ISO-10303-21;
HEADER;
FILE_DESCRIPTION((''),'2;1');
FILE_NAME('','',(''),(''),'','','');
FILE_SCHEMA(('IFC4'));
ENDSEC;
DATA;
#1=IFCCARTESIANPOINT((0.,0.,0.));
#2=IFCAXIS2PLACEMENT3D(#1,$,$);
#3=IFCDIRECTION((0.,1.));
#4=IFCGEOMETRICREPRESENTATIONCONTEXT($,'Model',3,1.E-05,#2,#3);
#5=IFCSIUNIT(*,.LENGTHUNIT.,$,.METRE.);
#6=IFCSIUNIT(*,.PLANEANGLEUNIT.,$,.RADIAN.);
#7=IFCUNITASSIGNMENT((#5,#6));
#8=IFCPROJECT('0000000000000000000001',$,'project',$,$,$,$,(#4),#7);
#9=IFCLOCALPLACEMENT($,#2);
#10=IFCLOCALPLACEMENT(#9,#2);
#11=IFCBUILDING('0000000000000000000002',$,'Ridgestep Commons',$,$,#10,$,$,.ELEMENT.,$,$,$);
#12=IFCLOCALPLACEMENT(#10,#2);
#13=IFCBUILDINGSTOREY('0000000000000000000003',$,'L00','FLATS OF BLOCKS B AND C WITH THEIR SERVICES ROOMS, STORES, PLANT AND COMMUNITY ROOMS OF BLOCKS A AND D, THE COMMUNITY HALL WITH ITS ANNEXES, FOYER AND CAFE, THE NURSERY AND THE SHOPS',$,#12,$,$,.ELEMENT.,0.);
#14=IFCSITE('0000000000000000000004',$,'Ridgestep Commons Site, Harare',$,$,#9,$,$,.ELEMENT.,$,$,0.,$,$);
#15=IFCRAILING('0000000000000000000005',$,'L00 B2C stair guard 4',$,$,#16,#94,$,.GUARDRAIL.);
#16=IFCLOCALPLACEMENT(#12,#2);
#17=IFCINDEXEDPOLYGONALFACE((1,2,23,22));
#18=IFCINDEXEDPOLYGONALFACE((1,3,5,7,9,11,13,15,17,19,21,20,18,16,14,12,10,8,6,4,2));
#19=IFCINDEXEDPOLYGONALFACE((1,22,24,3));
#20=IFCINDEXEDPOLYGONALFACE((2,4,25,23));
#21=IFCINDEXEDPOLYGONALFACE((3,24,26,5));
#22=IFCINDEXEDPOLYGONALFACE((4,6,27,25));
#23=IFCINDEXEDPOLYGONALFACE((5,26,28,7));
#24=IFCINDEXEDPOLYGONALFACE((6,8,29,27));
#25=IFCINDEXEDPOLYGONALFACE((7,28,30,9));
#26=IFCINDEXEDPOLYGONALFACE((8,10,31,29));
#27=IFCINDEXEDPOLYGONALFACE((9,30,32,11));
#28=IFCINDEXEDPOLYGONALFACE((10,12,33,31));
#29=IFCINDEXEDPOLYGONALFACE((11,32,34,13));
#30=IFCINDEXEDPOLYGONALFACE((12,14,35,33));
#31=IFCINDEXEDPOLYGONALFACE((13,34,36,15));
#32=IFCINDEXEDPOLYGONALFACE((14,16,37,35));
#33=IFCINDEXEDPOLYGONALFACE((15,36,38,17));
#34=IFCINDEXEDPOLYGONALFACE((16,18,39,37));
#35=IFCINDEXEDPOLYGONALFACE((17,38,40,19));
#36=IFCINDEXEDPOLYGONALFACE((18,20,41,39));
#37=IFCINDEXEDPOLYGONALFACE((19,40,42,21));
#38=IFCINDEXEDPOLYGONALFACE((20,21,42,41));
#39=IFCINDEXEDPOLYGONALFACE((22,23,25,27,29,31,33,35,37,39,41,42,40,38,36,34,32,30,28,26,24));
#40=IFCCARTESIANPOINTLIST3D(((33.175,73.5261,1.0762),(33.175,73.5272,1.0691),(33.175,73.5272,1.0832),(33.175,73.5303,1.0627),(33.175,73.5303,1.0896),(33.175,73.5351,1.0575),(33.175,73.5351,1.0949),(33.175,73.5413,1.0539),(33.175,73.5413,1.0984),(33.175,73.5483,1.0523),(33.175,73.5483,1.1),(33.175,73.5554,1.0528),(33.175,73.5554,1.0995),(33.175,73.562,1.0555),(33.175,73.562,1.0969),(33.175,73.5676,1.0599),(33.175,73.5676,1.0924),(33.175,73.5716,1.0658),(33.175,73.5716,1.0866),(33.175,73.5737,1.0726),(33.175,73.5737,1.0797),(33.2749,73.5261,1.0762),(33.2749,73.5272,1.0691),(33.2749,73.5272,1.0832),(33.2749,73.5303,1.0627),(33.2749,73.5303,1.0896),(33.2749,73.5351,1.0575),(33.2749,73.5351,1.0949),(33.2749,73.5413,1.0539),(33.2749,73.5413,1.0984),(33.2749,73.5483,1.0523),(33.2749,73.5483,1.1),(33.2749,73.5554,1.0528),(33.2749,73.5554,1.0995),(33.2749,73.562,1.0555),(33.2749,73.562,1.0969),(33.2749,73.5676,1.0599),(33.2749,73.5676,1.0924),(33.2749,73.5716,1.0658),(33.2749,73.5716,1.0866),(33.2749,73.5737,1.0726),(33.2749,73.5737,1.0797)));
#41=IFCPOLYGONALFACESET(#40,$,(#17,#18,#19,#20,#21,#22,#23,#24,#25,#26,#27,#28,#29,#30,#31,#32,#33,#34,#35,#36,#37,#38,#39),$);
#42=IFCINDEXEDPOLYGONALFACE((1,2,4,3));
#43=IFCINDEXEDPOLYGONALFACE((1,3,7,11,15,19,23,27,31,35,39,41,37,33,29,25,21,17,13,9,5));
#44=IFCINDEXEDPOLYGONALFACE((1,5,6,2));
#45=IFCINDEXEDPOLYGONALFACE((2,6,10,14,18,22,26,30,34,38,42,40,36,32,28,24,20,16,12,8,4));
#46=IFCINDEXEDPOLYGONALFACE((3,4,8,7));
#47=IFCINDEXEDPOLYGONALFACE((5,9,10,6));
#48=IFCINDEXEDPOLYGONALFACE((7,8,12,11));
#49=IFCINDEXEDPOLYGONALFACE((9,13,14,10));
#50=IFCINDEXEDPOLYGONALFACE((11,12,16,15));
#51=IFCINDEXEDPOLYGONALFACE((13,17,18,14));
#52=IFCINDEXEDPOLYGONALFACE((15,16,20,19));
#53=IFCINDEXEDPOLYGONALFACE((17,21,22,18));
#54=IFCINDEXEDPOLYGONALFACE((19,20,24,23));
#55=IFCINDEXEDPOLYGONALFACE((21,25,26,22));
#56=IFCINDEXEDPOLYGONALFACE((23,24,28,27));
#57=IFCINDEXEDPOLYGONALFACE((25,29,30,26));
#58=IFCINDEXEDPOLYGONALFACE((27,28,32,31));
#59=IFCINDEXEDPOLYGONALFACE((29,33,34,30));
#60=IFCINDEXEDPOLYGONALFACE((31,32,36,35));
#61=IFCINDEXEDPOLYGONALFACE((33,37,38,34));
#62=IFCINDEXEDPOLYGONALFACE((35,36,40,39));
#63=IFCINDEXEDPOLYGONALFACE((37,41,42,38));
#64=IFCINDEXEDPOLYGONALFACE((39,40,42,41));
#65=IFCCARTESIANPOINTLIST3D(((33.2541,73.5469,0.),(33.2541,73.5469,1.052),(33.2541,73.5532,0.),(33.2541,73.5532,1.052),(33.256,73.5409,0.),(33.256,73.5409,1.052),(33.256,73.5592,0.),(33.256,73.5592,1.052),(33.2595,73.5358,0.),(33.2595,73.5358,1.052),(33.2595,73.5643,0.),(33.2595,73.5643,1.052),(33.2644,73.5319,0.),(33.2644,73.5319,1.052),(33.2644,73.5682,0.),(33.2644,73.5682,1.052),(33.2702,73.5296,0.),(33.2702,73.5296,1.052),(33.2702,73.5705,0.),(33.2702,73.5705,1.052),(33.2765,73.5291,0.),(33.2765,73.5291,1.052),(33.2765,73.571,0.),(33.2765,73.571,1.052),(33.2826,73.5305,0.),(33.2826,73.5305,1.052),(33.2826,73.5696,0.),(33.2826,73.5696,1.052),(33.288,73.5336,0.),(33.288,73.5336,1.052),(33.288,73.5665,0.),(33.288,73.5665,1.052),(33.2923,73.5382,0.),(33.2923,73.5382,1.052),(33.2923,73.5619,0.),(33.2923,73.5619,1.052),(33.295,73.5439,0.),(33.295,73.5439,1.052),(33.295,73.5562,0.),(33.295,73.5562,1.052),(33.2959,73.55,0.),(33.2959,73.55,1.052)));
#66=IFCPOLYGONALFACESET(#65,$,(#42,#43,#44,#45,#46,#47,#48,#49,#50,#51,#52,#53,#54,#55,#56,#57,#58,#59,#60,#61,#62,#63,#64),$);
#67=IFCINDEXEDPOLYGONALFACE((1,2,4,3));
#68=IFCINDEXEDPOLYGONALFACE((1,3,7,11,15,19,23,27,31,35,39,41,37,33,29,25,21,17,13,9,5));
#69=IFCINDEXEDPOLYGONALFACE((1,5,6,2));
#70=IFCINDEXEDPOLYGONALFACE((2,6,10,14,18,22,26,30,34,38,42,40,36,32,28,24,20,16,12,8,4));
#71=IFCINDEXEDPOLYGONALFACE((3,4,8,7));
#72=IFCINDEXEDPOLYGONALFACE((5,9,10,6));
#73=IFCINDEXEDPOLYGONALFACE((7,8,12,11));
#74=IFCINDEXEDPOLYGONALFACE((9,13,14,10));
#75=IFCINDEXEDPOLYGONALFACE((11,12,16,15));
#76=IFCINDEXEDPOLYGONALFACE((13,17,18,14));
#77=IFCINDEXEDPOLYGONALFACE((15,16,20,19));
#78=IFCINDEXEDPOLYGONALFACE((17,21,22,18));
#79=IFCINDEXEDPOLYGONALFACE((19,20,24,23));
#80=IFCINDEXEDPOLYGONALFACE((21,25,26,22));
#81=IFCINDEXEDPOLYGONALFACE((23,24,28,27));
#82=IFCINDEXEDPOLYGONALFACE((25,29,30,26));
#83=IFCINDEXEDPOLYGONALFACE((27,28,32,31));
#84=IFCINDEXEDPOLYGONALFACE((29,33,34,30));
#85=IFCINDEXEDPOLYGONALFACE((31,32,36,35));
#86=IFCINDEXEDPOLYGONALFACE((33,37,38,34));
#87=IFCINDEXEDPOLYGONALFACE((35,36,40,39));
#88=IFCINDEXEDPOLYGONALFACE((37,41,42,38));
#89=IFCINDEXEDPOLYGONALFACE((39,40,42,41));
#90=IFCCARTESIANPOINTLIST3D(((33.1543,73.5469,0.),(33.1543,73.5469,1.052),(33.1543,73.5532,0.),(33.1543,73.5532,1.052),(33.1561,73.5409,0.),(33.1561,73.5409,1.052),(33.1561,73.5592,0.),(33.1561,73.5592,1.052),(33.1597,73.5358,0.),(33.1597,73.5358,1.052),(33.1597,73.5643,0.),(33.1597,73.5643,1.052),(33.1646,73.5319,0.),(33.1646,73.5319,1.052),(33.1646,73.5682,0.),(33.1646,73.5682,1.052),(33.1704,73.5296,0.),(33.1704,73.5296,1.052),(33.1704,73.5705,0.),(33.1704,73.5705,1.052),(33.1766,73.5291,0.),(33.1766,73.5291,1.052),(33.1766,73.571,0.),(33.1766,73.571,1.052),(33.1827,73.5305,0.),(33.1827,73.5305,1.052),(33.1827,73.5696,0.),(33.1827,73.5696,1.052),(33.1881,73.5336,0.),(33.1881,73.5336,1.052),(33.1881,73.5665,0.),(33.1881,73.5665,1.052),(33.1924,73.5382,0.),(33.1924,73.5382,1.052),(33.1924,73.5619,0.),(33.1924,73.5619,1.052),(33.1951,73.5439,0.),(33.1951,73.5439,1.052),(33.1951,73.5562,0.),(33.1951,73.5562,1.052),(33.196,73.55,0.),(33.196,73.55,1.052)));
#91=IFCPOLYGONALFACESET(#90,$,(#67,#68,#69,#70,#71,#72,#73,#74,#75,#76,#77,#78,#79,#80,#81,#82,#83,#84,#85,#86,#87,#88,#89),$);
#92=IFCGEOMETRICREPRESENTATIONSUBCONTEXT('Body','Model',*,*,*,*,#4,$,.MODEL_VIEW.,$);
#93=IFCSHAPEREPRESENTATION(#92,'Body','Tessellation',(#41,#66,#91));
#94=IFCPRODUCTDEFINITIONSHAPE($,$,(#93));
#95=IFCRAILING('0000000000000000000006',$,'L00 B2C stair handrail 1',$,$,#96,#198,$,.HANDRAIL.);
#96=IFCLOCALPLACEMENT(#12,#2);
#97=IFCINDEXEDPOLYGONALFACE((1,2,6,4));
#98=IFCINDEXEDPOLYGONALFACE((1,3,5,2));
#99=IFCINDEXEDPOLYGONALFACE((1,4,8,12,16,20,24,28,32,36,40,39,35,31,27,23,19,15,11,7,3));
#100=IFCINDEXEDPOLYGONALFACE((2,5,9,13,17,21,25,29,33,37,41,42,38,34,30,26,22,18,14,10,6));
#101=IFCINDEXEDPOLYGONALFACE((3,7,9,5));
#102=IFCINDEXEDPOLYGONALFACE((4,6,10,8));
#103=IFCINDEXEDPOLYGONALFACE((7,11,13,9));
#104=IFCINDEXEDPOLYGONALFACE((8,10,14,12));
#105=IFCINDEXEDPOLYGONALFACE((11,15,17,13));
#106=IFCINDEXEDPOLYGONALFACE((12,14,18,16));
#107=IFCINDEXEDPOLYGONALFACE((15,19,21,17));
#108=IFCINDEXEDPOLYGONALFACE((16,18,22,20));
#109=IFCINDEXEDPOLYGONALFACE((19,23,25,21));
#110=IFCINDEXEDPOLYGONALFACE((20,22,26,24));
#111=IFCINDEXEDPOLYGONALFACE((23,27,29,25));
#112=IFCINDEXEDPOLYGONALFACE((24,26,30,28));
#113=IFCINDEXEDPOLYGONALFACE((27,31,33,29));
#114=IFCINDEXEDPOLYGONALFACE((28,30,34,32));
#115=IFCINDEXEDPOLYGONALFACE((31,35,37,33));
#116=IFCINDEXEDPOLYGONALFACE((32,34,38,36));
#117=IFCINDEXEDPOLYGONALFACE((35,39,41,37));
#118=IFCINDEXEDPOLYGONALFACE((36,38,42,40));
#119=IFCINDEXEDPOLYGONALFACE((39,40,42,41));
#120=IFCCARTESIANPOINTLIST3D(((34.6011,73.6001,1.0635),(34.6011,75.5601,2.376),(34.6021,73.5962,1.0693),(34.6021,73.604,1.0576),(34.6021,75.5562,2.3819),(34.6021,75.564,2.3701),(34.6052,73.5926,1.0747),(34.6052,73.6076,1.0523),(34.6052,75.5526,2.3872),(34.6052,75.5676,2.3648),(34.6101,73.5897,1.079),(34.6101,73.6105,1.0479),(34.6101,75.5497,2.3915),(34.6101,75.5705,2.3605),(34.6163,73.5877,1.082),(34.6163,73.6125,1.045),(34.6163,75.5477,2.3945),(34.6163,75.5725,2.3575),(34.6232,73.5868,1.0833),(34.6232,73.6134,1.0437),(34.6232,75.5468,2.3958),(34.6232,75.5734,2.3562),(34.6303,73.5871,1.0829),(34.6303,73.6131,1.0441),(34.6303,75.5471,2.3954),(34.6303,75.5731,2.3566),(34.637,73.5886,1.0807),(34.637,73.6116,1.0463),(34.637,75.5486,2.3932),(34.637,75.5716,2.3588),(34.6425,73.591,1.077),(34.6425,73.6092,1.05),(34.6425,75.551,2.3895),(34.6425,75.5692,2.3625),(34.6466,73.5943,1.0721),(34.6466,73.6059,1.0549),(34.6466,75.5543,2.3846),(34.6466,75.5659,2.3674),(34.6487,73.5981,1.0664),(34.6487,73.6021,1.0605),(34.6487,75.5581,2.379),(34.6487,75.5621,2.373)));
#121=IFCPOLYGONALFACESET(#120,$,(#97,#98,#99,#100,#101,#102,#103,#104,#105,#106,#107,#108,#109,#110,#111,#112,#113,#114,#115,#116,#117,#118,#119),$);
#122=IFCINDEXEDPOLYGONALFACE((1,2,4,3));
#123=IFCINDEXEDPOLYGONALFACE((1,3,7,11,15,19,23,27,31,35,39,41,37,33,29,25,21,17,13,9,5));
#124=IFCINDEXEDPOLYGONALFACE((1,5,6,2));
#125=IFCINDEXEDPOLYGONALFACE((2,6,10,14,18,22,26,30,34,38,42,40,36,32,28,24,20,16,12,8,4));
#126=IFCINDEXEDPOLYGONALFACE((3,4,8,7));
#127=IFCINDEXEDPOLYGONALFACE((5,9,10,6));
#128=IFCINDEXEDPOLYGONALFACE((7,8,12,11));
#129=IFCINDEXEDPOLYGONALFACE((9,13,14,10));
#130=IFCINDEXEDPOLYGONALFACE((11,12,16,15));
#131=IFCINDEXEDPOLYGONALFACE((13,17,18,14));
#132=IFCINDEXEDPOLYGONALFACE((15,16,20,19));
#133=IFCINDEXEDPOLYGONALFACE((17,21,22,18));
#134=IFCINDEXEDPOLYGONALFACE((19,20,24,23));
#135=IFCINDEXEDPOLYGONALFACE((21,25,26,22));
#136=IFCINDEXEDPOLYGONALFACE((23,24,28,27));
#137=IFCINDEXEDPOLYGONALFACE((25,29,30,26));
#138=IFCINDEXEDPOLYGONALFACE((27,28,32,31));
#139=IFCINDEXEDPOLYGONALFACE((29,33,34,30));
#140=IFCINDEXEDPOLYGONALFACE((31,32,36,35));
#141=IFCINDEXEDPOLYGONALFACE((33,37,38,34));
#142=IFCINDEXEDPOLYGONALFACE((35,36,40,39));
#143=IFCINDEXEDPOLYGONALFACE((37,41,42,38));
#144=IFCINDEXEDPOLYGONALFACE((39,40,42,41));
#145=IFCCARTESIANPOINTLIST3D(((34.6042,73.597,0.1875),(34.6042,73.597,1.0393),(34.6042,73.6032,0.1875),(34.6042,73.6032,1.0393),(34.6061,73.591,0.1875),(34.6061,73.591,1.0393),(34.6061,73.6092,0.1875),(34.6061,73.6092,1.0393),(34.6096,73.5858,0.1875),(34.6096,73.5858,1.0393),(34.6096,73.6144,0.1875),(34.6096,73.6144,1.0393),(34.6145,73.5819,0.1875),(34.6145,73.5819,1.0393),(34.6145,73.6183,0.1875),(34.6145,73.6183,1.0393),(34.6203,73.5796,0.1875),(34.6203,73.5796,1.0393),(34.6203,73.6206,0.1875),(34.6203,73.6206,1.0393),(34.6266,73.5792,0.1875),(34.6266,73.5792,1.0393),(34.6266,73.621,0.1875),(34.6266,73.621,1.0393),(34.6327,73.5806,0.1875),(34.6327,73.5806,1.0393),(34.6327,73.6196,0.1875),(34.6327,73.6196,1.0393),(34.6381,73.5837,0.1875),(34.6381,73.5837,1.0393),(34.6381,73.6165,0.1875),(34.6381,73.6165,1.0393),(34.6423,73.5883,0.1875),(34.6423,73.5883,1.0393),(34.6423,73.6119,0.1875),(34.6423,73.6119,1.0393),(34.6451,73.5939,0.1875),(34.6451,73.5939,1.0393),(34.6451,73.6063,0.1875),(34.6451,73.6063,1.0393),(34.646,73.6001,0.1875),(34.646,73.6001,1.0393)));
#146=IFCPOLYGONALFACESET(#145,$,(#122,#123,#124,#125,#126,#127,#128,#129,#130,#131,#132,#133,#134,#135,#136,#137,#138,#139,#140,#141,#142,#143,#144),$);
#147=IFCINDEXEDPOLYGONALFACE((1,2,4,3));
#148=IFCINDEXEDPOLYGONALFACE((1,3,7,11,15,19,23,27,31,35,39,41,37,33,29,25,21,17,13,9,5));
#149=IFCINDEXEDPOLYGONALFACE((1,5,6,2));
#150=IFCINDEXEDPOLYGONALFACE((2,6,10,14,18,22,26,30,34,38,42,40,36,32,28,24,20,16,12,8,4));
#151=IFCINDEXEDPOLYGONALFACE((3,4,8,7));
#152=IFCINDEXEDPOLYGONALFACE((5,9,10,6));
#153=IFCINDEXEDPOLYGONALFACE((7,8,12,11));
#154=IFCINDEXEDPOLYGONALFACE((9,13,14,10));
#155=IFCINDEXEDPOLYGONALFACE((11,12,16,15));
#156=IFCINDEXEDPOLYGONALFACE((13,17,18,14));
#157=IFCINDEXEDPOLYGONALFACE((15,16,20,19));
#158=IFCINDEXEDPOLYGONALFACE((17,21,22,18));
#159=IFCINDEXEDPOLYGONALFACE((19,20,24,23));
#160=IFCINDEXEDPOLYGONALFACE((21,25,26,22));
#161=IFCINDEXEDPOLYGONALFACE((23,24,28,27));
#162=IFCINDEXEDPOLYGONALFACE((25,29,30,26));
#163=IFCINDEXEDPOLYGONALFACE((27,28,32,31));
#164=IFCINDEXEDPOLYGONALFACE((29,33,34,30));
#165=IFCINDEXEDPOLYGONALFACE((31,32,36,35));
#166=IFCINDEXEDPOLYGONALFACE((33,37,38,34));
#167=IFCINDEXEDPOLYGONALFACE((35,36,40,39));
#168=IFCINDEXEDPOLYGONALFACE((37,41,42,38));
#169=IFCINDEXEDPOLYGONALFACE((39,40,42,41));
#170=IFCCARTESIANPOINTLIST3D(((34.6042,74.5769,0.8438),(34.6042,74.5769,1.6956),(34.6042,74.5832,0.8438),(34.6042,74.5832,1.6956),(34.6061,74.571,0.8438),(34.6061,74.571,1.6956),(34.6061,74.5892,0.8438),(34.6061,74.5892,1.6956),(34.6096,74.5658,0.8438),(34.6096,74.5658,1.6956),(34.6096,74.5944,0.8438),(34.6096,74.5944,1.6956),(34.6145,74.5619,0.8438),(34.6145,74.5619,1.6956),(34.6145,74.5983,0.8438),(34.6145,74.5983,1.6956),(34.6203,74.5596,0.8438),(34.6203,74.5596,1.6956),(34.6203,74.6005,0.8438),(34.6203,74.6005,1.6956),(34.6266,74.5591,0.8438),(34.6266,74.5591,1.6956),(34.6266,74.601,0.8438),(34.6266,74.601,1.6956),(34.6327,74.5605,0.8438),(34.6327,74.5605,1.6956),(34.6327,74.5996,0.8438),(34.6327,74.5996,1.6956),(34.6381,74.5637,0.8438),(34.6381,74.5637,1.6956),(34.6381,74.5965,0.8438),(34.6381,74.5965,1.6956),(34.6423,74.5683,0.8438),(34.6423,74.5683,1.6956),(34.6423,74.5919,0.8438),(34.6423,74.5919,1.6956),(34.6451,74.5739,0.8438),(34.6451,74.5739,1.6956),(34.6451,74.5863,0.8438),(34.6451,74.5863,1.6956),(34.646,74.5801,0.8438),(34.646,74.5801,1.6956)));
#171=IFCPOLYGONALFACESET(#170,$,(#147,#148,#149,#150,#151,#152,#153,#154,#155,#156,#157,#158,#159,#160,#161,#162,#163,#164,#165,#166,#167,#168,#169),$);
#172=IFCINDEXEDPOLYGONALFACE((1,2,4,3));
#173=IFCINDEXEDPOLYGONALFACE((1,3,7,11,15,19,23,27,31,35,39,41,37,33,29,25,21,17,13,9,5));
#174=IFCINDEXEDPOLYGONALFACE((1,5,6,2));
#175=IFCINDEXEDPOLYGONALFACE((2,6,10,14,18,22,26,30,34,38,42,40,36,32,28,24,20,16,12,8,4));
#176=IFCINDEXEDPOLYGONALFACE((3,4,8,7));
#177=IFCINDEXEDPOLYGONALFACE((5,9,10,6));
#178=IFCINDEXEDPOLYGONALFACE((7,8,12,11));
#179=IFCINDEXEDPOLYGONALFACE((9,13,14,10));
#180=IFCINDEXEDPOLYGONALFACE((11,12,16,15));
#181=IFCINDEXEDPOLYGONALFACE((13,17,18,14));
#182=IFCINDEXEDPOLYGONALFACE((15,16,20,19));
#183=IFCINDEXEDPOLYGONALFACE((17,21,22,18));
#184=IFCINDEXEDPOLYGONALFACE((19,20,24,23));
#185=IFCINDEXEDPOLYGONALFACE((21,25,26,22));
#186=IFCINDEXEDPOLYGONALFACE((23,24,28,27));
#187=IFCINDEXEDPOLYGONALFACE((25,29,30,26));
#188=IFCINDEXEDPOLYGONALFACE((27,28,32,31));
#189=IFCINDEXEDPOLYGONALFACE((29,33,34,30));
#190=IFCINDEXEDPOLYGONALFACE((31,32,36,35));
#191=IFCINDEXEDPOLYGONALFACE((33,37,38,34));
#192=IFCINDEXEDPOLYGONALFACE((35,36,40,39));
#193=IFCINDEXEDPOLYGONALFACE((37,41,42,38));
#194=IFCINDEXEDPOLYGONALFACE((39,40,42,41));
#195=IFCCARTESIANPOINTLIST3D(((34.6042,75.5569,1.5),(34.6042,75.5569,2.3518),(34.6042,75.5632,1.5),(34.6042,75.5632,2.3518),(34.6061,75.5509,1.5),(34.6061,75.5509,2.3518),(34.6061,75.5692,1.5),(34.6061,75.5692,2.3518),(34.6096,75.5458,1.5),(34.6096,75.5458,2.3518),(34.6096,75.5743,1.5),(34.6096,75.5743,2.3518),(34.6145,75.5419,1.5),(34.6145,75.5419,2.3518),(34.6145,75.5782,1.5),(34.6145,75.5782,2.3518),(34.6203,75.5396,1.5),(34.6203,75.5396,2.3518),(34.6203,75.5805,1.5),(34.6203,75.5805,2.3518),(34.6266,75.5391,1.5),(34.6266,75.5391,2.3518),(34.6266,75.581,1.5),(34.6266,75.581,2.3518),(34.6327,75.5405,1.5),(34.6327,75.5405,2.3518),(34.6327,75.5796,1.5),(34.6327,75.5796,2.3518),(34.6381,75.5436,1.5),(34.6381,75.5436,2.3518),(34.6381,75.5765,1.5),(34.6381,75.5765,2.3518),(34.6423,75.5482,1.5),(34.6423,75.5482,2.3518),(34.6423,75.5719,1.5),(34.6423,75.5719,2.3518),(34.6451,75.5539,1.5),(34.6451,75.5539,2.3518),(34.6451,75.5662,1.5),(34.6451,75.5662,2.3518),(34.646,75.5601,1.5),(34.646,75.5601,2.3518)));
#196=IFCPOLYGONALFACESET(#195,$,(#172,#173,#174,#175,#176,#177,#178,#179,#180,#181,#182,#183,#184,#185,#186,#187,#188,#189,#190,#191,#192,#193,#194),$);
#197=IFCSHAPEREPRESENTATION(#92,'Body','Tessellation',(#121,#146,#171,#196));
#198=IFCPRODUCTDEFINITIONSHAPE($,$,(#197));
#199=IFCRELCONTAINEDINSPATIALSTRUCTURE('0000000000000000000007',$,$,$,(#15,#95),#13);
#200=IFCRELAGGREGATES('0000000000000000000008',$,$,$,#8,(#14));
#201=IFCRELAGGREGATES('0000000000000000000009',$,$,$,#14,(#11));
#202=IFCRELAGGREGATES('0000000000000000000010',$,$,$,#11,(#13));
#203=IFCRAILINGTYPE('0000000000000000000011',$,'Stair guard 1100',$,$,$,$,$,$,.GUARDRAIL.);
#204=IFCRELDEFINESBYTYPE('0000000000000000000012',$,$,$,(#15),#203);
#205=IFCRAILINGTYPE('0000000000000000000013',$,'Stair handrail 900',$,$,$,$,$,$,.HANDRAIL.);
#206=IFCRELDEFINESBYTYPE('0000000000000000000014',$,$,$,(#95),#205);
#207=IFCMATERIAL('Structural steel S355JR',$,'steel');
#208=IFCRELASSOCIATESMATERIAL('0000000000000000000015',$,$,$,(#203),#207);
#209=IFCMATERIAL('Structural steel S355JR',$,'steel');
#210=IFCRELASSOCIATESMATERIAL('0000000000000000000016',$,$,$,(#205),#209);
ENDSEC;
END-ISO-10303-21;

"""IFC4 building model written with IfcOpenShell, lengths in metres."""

from ifc_helpers import new_model, si_unit, direction, frame, origin, origin_2d, place, context, subcontext, project, spatial, circle, extrude, material, type_object, element, save


model = new_model("IFC4")

# Units and contexts
model_context = context("Model", 3, precision=1e-05, world=origin(), true_north=direction((0.0, 1.0)))
body_context = subcontext(model_context, "Body", "Model", "MODEL_VIEW")
ifc_project = project(units=[si_unit("LENGTHUNIT", "METRE"), si_unit("PLANEANGLEUNIT", "RADIAN")], contexts=[model_context])

# Site, building, storey
site_placement = place(None, origin())
site = spatial("IfcSite", under=ifc_project, at=site_placement, Name="Ridgestep Commons Site, Harare", CompositionType="ELEMENT", RefElevation=0.0)
building_placement = place(site_placement, origin())
building = spatial("IfcBuilding", under=site, at=building_placement, Name="Ridgestep Commons", CompositionType="ELEMENT")
storey_placement = place(building_placement, origin())
storey = spatial("IfcBuildingStorey", under=building, at=storey_placement, Name="L00", Description="FLATS OF BLOCKS B AND C WITH THEIR SERVICES ROOMS, STORES, PLANT AND COMMUNITY ROOMS OF BLOCKS A AND D, THE COMMUNITY HALL WITH ITS ANNEXES, FOYER AND CAFE, THE NURSERY AND THE SHOPS", CompositionType="ELEMENT", Elevation=0.0)

# Railings
ifc_material_1 = material(Name="Structural steel S355JR", Category="steel")
railing_type_1 = type_object("IfcRailingType", Name="Stair guard 1100", PredefinedType="GUARDRAIL", material=ifc_material_1)
for number, where, name in (
    (1, (33.2749, 73.55, 0.0), "L00 B2C stair guard 4"),
):
    element("IfcRailing", number, at=place(storey_placement, frame(where)), inside=storey, type_object=railing_type_1, Name=name, PredefinedType="GUARDRAIL", context=body_context, shape_type="SweptSolid", body=[
        extrude(circle(Radius=0.0239, at=origin_2d()), frame((0.0, 0.0, 1.0762), z_axis=(-1.0, 0.0, 0.0), x_axis=(0.0, -1.0, 0.0)), (0.0, 0.0, 1.0), 0.0999),
        extrude(circle(Radius=0.021, at=origin_2d()), origin(), (0.0, 0.0, 1.0), 1.052),
        extrude(circle(Radius=0.021, at=origin_2d()), frame((-0.0999, 0.0, 0.0)), (0.0, 0.0, 1.0), 1.052),
    ])
ifc_material_2 = material(Name="Structural steel S355JR", Category="steel")
railing_type_2 = type_object("IfcRailingType", Name="Stair handrail 900", PredefinedType="HANDRAIL", material=ifc_material_2)
railing_1_placement = place(storey_placement, frame((34.625, 73.6001, 0.1875)))
element("IfcRailing", 2, at=railing_1_placement, inside=storey, type_object=railing_type_2, Name="L00 B2C stair handrail 1", PredefinedType="HANDRAIL", context=body_context, shape_type="SweptSolid", body=[
    extrude(circle(Radius=0.0239, at=origin_2d()), frame((0.0, 0.0, 0.876), z_axis=(0.0, 0.830902, 0.556419), x_axis=(-1.0, 0.0, 0.0)), (0.0, 0.0, 1.0), 2.3589),
    extrude(circle(Radius=0.021, at=origin_2d()), origin(), (0.0, 0.0, 1.0), 0.8518),
    extrude(circle(Radius=0.021, at=origin_2d()), frame((0.0, 0.98, 0.6562)), (0.0, 0.0, 1.0), 0.8518),
    extrude(circle(Radius=0.021, at=origin_2d()), frame((0.0, 1.96, 1.3125)), (0.0, 0.0, 1.0), 0.8518),
])

save(model, "model.ifc")
